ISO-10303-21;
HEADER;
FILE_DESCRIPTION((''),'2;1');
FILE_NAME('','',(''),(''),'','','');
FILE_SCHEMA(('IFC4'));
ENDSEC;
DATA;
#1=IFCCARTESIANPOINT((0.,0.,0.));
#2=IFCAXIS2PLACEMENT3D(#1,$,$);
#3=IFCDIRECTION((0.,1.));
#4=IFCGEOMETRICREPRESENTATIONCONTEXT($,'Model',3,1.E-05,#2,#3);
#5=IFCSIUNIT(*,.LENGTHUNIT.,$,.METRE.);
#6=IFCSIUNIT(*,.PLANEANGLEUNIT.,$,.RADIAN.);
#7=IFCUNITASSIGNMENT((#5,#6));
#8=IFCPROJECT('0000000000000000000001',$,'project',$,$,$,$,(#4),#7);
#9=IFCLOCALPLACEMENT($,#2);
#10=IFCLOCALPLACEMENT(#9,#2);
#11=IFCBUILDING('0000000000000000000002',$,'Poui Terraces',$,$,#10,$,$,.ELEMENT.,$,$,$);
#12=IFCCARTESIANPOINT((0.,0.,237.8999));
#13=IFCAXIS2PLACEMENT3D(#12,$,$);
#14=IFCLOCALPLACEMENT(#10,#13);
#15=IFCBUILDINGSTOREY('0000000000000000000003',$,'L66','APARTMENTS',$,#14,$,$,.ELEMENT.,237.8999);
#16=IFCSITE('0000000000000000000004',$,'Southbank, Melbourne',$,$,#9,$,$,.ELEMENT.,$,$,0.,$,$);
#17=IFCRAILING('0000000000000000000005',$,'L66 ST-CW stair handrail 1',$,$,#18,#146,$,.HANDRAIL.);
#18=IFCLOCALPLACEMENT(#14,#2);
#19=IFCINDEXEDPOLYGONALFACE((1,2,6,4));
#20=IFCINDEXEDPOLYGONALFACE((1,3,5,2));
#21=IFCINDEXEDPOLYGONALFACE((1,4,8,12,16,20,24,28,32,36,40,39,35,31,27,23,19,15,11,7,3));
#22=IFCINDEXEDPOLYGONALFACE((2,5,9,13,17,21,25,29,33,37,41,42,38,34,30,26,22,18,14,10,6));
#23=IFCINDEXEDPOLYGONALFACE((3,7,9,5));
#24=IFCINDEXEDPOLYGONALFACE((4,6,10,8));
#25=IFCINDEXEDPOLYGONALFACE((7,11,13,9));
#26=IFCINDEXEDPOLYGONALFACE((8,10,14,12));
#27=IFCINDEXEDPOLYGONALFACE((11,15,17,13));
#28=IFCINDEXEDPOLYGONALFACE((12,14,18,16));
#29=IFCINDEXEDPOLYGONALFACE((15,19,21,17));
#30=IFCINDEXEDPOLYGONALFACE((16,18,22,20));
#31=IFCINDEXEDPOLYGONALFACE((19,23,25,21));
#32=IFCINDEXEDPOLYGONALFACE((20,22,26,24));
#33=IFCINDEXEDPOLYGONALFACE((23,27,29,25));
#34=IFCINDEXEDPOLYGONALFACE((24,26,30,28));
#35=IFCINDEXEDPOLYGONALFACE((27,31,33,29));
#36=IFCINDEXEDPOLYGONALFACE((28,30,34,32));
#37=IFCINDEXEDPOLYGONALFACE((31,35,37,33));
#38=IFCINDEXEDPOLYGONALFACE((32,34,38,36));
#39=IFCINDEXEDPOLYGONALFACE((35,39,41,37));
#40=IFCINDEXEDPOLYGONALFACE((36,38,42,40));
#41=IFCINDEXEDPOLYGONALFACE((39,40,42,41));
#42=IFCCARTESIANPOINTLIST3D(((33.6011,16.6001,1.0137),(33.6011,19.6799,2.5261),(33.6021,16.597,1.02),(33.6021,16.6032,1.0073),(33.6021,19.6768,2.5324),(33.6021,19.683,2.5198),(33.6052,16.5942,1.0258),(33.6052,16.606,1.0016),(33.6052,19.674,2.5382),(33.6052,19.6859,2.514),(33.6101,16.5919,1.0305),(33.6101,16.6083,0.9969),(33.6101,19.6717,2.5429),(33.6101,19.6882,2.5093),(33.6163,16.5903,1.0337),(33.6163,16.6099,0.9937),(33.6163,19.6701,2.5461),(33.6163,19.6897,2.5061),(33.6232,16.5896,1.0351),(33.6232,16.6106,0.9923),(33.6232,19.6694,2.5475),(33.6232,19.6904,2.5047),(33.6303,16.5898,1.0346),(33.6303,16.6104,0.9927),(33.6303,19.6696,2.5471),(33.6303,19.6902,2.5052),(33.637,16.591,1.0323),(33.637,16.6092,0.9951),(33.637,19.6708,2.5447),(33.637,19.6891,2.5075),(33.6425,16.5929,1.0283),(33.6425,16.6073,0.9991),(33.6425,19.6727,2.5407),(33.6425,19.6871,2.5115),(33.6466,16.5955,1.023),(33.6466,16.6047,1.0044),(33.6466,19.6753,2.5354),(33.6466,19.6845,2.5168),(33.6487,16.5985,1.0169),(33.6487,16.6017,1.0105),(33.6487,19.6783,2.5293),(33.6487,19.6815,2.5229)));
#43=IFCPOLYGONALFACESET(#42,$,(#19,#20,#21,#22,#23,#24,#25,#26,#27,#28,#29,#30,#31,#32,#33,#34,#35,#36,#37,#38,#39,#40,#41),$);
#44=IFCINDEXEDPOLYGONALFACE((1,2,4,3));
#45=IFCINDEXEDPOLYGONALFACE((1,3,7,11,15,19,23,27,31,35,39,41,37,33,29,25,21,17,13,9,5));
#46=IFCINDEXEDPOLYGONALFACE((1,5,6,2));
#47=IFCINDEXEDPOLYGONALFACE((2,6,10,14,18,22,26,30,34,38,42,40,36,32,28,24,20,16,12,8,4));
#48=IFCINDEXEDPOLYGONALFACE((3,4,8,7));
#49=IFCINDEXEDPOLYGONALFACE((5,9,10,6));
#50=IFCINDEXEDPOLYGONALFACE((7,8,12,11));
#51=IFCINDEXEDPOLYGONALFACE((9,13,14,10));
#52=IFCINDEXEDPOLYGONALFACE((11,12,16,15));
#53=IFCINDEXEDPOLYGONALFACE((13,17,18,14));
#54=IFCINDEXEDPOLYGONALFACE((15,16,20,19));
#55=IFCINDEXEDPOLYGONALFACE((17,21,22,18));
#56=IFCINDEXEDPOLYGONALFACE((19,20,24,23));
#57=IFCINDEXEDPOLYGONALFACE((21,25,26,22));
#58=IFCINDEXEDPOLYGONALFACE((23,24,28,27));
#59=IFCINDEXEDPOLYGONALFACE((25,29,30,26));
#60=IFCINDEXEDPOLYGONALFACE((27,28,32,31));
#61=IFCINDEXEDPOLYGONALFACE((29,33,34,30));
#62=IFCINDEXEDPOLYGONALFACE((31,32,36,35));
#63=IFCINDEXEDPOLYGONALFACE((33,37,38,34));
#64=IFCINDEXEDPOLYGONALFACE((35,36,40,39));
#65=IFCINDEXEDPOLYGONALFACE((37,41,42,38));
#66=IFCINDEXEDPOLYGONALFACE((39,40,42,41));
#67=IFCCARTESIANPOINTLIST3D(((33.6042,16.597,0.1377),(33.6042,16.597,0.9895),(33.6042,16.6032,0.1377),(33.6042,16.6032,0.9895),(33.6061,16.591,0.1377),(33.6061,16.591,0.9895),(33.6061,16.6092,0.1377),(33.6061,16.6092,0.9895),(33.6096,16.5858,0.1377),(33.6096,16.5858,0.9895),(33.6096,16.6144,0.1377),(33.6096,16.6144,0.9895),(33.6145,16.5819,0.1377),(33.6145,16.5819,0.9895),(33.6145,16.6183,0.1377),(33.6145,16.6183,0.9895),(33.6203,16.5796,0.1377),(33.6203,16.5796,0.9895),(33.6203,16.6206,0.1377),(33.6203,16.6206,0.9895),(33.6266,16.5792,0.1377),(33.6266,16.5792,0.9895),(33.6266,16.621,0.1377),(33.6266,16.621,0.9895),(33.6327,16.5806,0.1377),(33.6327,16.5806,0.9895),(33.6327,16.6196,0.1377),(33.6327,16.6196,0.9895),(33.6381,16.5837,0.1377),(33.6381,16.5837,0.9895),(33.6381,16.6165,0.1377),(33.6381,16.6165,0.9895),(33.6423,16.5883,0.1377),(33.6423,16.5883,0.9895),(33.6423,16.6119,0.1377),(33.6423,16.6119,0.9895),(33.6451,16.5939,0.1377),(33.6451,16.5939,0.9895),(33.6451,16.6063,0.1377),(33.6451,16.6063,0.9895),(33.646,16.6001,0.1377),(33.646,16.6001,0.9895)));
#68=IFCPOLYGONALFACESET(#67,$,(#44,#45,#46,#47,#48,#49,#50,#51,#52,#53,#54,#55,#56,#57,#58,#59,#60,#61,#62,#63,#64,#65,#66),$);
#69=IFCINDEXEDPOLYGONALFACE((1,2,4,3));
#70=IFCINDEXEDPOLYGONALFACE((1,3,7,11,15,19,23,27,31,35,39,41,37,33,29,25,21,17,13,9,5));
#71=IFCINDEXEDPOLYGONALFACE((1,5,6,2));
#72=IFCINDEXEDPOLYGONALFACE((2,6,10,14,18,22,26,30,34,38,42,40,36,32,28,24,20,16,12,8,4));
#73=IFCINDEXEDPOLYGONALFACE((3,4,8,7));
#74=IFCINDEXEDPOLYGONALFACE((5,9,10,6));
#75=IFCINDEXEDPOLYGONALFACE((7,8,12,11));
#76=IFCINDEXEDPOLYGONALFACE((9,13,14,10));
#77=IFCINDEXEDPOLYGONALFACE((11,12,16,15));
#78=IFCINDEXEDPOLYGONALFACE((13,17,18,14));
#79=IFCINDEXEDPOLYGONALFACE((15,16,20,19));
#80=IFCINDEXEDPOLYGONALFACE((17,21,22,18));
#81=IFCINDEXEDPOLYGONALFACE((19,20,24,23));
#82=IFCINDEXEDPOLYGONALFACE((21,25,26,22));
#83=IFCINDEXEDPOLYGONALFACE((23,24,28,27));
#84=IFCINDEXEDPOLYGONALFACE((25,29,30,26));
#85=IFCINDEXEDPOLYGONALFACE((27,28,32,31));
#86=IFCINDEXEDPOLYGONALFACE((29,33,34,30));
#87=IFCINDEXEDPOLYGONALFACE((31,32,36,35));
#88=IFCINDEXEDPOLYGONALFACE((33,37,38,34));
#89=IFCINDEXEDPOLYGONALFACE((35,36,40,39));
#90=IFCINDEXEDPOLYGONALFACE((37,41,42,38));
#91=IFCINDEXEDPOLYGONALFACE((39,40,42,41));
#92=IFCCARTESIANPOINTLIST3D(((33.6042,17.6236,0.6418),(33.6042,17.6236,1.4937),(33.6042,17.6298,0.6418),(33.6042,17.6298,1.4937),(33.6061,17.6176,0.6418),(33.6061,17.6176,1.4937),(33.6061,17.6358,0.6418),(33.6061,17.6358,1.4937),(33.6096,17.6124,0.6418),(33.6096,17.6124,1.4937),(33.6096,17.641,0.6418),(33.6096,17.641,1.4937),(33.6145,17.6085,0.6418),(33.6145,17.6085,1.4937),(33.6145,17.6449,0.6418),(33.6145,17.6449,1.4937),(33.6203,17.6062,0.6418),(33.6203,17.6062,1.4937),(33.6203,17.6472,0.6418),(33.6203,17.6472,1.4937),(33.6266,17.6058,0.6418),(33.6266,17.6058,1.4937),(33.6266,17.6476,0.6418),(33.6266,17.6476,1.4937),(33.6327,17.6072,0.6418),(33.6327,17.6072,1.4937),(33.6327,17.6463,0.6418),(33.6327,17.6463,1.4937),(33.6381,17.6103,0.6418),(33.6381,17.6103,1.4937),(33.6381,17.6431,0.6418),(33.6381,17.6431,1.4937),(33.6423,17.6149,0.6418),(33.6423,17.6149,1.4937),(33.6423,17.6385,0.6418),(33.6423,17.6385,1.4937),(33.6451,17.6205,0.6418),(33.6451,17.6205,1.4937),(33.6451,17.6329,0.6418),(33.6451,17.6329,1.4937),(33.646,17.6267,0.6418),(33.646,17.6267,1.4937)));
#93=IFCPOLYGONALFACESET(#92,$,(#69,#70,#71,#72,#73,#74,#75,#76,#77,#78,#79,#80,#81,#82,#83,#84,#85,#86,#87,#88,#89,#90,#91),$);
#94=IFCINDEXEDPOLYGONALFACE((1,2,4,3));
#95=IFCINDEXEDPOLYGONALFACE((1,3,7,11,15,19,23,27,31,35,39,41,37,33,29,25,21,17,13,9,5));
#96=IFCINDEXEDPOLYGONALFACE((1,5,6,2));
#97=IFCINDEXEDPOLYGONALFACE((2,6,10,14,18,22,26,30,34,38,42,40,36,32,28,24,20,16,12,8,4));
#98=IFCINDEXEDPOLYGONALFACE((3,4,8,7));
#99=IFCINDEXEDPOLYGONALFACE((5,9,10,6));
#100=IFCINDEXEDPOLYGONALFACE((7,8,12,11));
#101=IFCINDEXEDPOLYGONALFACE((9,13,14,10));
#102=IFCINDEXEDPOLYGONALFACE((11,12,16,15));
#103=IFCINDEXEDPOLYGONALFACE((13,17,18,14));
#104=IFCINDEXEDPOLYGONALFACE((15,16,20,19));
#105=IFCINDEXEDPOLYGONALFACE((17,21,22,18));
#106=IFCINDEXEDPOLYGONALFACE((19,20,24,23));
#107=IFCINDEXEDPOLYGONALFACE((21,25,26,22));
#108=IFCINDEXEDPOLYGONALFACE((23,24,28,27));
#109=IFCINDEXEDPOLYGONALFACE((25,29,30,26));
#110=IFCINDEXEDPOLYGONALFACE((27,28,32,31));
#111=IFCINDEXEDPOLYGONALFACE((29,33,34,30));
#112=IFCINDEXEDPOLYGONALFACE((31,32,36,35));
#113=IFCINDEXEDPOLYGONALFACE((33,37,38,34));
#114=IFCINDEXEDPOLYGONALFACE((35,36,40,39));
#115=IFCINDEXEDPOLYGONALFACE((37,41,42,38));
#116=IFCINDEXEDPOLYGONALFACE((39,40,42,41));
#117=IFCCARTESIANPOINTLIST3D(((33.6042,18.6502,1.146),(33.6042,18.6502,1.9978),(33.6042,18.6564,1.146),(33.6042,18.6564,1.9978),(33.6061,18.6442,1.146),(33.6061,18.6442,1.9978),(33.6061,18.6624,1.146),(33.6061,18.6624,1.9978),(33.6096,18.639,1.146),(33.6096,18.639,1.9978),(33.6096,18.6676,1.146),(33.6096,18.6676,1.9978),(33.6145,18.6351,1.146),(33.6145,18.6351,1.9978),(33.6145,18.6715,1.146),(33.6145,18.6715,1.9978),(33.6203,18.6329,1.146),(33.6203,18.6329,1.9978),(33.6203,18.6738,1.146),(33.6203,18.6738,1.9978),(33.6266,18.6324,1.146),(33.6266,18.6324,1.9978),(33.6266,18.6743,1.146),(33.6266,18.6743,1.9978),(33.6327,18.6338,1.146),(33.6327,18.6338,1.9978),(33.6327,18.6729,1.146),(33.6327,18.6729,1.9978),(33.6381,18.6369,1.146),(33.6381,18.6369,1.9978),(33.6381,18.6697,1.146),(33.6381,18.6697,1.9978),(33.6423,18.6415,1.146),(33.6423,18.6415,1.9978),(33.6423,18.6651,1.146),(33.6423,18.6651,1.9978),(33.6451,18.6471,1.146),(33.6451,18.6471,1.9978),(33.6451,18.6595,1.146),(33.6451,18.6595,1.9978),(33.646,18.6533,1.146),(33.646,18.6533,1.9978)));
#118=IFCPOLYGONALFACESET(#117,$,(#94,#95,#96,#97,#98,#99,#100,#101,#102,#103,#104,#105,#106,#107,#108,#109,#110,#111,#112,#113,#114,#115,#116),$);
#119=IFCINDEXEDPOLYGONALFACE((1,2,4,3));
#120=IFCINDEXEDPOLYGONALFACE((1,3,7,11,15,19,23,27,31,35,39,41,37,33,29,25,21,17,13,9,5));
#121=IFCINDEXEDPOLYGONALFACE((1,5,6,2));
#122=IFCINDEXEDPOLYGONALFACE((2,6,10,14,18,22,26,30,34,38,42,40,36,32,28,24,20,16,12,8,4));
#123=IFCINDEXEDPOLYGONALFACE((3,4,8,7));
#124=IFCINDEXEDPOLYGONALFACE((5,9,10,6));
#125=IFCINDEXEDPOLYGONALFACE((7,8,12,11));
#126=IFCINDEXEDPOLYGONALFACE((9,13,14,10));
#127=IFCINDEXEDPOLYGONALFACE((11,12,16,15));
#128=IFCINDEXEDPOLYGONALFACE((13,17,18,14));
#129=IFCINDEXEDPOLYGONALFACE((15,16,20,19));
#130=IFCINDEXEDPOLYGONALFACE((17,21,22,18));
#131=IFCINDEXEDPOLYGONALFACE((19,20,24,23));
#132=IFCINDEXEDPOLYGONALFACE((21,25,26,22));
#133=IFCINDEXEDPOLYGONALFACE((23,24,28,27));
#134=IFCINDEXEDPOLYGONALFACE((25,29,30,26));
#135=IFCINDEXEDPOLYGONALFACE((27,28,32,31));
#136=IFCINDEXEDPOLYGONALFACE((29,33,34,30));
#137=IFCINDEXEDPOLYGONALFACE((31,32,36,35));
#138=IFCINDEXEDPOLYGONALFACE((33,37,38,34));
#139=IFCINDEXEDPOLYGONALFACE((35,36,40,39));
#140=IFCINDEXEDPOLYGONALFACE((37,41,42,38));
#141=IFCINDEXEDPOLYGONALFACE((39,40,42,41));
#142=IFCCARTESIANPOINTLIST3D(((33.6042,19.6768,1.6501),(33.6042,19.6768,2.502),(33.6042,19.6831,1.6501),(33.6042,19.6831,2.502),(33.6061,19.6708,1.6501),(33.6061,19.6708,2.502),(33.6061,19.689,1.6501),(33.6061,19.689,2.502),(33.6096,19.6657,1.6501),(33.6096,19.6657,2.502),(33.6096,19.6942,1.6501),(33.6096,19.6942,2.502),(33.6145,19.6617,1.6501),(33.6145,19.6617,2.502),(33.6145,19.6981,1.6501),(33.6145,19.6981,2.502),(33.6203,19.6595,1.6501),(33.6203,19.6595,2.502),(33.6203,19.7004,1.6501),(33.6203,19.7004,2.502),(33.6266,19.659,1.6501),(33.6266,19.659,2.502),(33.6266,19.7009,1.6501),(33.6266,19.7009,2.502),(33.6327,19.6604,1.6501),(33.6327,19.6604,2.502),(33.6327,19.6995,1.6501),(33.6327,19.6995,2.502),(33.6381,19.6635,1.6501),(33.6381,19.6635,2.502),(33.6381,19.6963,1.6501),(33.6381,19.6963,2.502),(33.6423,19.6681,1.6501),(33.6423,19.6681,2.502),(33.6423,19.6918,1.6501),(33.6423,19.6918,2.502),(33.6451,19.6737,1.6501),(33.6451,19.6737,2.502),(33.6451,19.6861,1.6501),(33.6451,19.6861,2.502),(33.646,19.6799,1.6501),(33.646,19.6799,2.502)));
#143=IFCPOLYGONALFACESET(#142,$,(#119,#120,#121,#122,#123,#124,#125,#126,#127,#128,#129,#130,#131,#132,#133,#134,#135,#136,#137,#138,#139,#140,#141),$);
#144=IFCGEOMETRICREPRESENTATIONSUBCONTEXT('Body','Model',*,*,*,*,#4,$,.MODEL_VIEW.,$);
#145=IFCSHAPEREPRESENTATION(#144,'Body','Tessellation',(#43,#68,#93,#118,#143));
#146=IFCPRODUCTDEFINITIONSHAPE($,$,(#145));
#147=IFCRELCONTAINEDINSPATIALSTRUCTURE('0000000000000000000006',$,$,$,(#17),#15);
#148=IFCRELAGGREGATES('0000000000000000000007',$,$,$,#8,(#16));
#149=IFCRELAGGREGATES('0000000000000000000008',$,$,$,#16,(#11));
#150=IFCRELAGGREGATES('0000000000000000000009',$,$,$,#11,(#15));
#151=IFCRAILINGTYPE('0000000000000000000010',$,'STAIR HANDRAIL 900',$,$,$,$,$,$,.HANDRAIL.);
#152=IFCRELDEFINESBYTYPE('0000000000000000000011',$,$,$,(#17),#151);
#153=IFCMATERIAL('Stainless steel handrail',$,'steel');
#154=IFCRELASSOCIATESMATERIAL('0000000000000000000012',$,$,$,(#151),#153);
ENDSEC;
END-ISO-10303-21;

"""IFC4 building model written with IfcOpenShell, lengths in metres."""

from ifc_helpers import new_model, si_unit, direction, frame, origin, origin_2d, place, context, subcontext, project, spatial, circle, extrude, material, type_object, element, save


model = new_model("IFC4")

# Units and contexts
model_context = context("Model", 3, precision=1e-05, world=origin(), true_north=direction((0.0, 1.0)))
body_context = subcontext(model_context, "Body", "Model", "MODEL_VIEW")
ifc_project = project(units=[si_unit("LENGTHUNIT", "METRE"), si_unit("PLANEANGLEUNIT", "RADIAN")], contexts=[model_context])

# Site, building, storey
site_placement = place(None, origin())
site = spatial("IfcSite", under=ifc_project, at=site_placement, Name="Southbank, Melbourne", CompositionType="ELEMENT", RefElevation=0.0)
building_placement = place(site_placement, origin())
building = spatial("IfcBuilding", under=site, at=building_placement, Name="Poui Terraces", CompositionType="ELEMENT")
storey_placement = place(building_placement, frame((0.0, 0.0, 237.8999)))
storey = spatial("IfcBuildingStorey", under=building, at=storey_placement, Name="L66", Description="APARTMENTS", CompositionType="ELEMENT", Elevation=237.8999)

# Railing
ifc_material_1 = material(Name="Stainless steel handrail", Category="steel")
railing_type_1 = type_object("IfcRailingType", Name="STAIR HANDRAIL 900", PredefinedType="HANDRAIL", material=ifc_material_1)
railing_1_placement = place(storey_placement, frame((33.625, 16.6001, 0.1377)))
element("IfcRailing", 1, at=railing_1_placement, inside=storey, type_object=railing_type_1, Name="L66 ST-CW stair handrail 1", PredefinedType="HANDRAIL", context=body_context, shape_type="SweptSolid", body=[
    extrude(circle(Radius=0.0239, at=origin_2d()), frame((0.0, 0.0, 0.876), z_axis=(0.0, 0.897606, 0.440798), x_axis=(-1.0, 0.0, 0.0)), (0.0, 0.0, 1.0), 3.4312),
    extrude(circle(Radius=0.021, at=origin_2d()), origin(), (0.0, 0.0, 1.0), 0.8518),
    extrude(circle(Radius=0.021, at=origin_2d()), frame((0.0, 1.0266, 0.5042)), (0.0, 0.0, 1.0), 0.8518),
    extrude(circle(Radius=0.021, at=origin_2d()), frame((0.0, 2.0532, 1.0083)), (0.0, 0.0, 1.0), 0.8518),
    extrude(circle(Radius=0.021, at=origin_2d()), frame((0.0, 3.0798, 1.5125)), (0.0, 0.0, 1.0), 0.8518),
])

save(model, "model.ifc")
